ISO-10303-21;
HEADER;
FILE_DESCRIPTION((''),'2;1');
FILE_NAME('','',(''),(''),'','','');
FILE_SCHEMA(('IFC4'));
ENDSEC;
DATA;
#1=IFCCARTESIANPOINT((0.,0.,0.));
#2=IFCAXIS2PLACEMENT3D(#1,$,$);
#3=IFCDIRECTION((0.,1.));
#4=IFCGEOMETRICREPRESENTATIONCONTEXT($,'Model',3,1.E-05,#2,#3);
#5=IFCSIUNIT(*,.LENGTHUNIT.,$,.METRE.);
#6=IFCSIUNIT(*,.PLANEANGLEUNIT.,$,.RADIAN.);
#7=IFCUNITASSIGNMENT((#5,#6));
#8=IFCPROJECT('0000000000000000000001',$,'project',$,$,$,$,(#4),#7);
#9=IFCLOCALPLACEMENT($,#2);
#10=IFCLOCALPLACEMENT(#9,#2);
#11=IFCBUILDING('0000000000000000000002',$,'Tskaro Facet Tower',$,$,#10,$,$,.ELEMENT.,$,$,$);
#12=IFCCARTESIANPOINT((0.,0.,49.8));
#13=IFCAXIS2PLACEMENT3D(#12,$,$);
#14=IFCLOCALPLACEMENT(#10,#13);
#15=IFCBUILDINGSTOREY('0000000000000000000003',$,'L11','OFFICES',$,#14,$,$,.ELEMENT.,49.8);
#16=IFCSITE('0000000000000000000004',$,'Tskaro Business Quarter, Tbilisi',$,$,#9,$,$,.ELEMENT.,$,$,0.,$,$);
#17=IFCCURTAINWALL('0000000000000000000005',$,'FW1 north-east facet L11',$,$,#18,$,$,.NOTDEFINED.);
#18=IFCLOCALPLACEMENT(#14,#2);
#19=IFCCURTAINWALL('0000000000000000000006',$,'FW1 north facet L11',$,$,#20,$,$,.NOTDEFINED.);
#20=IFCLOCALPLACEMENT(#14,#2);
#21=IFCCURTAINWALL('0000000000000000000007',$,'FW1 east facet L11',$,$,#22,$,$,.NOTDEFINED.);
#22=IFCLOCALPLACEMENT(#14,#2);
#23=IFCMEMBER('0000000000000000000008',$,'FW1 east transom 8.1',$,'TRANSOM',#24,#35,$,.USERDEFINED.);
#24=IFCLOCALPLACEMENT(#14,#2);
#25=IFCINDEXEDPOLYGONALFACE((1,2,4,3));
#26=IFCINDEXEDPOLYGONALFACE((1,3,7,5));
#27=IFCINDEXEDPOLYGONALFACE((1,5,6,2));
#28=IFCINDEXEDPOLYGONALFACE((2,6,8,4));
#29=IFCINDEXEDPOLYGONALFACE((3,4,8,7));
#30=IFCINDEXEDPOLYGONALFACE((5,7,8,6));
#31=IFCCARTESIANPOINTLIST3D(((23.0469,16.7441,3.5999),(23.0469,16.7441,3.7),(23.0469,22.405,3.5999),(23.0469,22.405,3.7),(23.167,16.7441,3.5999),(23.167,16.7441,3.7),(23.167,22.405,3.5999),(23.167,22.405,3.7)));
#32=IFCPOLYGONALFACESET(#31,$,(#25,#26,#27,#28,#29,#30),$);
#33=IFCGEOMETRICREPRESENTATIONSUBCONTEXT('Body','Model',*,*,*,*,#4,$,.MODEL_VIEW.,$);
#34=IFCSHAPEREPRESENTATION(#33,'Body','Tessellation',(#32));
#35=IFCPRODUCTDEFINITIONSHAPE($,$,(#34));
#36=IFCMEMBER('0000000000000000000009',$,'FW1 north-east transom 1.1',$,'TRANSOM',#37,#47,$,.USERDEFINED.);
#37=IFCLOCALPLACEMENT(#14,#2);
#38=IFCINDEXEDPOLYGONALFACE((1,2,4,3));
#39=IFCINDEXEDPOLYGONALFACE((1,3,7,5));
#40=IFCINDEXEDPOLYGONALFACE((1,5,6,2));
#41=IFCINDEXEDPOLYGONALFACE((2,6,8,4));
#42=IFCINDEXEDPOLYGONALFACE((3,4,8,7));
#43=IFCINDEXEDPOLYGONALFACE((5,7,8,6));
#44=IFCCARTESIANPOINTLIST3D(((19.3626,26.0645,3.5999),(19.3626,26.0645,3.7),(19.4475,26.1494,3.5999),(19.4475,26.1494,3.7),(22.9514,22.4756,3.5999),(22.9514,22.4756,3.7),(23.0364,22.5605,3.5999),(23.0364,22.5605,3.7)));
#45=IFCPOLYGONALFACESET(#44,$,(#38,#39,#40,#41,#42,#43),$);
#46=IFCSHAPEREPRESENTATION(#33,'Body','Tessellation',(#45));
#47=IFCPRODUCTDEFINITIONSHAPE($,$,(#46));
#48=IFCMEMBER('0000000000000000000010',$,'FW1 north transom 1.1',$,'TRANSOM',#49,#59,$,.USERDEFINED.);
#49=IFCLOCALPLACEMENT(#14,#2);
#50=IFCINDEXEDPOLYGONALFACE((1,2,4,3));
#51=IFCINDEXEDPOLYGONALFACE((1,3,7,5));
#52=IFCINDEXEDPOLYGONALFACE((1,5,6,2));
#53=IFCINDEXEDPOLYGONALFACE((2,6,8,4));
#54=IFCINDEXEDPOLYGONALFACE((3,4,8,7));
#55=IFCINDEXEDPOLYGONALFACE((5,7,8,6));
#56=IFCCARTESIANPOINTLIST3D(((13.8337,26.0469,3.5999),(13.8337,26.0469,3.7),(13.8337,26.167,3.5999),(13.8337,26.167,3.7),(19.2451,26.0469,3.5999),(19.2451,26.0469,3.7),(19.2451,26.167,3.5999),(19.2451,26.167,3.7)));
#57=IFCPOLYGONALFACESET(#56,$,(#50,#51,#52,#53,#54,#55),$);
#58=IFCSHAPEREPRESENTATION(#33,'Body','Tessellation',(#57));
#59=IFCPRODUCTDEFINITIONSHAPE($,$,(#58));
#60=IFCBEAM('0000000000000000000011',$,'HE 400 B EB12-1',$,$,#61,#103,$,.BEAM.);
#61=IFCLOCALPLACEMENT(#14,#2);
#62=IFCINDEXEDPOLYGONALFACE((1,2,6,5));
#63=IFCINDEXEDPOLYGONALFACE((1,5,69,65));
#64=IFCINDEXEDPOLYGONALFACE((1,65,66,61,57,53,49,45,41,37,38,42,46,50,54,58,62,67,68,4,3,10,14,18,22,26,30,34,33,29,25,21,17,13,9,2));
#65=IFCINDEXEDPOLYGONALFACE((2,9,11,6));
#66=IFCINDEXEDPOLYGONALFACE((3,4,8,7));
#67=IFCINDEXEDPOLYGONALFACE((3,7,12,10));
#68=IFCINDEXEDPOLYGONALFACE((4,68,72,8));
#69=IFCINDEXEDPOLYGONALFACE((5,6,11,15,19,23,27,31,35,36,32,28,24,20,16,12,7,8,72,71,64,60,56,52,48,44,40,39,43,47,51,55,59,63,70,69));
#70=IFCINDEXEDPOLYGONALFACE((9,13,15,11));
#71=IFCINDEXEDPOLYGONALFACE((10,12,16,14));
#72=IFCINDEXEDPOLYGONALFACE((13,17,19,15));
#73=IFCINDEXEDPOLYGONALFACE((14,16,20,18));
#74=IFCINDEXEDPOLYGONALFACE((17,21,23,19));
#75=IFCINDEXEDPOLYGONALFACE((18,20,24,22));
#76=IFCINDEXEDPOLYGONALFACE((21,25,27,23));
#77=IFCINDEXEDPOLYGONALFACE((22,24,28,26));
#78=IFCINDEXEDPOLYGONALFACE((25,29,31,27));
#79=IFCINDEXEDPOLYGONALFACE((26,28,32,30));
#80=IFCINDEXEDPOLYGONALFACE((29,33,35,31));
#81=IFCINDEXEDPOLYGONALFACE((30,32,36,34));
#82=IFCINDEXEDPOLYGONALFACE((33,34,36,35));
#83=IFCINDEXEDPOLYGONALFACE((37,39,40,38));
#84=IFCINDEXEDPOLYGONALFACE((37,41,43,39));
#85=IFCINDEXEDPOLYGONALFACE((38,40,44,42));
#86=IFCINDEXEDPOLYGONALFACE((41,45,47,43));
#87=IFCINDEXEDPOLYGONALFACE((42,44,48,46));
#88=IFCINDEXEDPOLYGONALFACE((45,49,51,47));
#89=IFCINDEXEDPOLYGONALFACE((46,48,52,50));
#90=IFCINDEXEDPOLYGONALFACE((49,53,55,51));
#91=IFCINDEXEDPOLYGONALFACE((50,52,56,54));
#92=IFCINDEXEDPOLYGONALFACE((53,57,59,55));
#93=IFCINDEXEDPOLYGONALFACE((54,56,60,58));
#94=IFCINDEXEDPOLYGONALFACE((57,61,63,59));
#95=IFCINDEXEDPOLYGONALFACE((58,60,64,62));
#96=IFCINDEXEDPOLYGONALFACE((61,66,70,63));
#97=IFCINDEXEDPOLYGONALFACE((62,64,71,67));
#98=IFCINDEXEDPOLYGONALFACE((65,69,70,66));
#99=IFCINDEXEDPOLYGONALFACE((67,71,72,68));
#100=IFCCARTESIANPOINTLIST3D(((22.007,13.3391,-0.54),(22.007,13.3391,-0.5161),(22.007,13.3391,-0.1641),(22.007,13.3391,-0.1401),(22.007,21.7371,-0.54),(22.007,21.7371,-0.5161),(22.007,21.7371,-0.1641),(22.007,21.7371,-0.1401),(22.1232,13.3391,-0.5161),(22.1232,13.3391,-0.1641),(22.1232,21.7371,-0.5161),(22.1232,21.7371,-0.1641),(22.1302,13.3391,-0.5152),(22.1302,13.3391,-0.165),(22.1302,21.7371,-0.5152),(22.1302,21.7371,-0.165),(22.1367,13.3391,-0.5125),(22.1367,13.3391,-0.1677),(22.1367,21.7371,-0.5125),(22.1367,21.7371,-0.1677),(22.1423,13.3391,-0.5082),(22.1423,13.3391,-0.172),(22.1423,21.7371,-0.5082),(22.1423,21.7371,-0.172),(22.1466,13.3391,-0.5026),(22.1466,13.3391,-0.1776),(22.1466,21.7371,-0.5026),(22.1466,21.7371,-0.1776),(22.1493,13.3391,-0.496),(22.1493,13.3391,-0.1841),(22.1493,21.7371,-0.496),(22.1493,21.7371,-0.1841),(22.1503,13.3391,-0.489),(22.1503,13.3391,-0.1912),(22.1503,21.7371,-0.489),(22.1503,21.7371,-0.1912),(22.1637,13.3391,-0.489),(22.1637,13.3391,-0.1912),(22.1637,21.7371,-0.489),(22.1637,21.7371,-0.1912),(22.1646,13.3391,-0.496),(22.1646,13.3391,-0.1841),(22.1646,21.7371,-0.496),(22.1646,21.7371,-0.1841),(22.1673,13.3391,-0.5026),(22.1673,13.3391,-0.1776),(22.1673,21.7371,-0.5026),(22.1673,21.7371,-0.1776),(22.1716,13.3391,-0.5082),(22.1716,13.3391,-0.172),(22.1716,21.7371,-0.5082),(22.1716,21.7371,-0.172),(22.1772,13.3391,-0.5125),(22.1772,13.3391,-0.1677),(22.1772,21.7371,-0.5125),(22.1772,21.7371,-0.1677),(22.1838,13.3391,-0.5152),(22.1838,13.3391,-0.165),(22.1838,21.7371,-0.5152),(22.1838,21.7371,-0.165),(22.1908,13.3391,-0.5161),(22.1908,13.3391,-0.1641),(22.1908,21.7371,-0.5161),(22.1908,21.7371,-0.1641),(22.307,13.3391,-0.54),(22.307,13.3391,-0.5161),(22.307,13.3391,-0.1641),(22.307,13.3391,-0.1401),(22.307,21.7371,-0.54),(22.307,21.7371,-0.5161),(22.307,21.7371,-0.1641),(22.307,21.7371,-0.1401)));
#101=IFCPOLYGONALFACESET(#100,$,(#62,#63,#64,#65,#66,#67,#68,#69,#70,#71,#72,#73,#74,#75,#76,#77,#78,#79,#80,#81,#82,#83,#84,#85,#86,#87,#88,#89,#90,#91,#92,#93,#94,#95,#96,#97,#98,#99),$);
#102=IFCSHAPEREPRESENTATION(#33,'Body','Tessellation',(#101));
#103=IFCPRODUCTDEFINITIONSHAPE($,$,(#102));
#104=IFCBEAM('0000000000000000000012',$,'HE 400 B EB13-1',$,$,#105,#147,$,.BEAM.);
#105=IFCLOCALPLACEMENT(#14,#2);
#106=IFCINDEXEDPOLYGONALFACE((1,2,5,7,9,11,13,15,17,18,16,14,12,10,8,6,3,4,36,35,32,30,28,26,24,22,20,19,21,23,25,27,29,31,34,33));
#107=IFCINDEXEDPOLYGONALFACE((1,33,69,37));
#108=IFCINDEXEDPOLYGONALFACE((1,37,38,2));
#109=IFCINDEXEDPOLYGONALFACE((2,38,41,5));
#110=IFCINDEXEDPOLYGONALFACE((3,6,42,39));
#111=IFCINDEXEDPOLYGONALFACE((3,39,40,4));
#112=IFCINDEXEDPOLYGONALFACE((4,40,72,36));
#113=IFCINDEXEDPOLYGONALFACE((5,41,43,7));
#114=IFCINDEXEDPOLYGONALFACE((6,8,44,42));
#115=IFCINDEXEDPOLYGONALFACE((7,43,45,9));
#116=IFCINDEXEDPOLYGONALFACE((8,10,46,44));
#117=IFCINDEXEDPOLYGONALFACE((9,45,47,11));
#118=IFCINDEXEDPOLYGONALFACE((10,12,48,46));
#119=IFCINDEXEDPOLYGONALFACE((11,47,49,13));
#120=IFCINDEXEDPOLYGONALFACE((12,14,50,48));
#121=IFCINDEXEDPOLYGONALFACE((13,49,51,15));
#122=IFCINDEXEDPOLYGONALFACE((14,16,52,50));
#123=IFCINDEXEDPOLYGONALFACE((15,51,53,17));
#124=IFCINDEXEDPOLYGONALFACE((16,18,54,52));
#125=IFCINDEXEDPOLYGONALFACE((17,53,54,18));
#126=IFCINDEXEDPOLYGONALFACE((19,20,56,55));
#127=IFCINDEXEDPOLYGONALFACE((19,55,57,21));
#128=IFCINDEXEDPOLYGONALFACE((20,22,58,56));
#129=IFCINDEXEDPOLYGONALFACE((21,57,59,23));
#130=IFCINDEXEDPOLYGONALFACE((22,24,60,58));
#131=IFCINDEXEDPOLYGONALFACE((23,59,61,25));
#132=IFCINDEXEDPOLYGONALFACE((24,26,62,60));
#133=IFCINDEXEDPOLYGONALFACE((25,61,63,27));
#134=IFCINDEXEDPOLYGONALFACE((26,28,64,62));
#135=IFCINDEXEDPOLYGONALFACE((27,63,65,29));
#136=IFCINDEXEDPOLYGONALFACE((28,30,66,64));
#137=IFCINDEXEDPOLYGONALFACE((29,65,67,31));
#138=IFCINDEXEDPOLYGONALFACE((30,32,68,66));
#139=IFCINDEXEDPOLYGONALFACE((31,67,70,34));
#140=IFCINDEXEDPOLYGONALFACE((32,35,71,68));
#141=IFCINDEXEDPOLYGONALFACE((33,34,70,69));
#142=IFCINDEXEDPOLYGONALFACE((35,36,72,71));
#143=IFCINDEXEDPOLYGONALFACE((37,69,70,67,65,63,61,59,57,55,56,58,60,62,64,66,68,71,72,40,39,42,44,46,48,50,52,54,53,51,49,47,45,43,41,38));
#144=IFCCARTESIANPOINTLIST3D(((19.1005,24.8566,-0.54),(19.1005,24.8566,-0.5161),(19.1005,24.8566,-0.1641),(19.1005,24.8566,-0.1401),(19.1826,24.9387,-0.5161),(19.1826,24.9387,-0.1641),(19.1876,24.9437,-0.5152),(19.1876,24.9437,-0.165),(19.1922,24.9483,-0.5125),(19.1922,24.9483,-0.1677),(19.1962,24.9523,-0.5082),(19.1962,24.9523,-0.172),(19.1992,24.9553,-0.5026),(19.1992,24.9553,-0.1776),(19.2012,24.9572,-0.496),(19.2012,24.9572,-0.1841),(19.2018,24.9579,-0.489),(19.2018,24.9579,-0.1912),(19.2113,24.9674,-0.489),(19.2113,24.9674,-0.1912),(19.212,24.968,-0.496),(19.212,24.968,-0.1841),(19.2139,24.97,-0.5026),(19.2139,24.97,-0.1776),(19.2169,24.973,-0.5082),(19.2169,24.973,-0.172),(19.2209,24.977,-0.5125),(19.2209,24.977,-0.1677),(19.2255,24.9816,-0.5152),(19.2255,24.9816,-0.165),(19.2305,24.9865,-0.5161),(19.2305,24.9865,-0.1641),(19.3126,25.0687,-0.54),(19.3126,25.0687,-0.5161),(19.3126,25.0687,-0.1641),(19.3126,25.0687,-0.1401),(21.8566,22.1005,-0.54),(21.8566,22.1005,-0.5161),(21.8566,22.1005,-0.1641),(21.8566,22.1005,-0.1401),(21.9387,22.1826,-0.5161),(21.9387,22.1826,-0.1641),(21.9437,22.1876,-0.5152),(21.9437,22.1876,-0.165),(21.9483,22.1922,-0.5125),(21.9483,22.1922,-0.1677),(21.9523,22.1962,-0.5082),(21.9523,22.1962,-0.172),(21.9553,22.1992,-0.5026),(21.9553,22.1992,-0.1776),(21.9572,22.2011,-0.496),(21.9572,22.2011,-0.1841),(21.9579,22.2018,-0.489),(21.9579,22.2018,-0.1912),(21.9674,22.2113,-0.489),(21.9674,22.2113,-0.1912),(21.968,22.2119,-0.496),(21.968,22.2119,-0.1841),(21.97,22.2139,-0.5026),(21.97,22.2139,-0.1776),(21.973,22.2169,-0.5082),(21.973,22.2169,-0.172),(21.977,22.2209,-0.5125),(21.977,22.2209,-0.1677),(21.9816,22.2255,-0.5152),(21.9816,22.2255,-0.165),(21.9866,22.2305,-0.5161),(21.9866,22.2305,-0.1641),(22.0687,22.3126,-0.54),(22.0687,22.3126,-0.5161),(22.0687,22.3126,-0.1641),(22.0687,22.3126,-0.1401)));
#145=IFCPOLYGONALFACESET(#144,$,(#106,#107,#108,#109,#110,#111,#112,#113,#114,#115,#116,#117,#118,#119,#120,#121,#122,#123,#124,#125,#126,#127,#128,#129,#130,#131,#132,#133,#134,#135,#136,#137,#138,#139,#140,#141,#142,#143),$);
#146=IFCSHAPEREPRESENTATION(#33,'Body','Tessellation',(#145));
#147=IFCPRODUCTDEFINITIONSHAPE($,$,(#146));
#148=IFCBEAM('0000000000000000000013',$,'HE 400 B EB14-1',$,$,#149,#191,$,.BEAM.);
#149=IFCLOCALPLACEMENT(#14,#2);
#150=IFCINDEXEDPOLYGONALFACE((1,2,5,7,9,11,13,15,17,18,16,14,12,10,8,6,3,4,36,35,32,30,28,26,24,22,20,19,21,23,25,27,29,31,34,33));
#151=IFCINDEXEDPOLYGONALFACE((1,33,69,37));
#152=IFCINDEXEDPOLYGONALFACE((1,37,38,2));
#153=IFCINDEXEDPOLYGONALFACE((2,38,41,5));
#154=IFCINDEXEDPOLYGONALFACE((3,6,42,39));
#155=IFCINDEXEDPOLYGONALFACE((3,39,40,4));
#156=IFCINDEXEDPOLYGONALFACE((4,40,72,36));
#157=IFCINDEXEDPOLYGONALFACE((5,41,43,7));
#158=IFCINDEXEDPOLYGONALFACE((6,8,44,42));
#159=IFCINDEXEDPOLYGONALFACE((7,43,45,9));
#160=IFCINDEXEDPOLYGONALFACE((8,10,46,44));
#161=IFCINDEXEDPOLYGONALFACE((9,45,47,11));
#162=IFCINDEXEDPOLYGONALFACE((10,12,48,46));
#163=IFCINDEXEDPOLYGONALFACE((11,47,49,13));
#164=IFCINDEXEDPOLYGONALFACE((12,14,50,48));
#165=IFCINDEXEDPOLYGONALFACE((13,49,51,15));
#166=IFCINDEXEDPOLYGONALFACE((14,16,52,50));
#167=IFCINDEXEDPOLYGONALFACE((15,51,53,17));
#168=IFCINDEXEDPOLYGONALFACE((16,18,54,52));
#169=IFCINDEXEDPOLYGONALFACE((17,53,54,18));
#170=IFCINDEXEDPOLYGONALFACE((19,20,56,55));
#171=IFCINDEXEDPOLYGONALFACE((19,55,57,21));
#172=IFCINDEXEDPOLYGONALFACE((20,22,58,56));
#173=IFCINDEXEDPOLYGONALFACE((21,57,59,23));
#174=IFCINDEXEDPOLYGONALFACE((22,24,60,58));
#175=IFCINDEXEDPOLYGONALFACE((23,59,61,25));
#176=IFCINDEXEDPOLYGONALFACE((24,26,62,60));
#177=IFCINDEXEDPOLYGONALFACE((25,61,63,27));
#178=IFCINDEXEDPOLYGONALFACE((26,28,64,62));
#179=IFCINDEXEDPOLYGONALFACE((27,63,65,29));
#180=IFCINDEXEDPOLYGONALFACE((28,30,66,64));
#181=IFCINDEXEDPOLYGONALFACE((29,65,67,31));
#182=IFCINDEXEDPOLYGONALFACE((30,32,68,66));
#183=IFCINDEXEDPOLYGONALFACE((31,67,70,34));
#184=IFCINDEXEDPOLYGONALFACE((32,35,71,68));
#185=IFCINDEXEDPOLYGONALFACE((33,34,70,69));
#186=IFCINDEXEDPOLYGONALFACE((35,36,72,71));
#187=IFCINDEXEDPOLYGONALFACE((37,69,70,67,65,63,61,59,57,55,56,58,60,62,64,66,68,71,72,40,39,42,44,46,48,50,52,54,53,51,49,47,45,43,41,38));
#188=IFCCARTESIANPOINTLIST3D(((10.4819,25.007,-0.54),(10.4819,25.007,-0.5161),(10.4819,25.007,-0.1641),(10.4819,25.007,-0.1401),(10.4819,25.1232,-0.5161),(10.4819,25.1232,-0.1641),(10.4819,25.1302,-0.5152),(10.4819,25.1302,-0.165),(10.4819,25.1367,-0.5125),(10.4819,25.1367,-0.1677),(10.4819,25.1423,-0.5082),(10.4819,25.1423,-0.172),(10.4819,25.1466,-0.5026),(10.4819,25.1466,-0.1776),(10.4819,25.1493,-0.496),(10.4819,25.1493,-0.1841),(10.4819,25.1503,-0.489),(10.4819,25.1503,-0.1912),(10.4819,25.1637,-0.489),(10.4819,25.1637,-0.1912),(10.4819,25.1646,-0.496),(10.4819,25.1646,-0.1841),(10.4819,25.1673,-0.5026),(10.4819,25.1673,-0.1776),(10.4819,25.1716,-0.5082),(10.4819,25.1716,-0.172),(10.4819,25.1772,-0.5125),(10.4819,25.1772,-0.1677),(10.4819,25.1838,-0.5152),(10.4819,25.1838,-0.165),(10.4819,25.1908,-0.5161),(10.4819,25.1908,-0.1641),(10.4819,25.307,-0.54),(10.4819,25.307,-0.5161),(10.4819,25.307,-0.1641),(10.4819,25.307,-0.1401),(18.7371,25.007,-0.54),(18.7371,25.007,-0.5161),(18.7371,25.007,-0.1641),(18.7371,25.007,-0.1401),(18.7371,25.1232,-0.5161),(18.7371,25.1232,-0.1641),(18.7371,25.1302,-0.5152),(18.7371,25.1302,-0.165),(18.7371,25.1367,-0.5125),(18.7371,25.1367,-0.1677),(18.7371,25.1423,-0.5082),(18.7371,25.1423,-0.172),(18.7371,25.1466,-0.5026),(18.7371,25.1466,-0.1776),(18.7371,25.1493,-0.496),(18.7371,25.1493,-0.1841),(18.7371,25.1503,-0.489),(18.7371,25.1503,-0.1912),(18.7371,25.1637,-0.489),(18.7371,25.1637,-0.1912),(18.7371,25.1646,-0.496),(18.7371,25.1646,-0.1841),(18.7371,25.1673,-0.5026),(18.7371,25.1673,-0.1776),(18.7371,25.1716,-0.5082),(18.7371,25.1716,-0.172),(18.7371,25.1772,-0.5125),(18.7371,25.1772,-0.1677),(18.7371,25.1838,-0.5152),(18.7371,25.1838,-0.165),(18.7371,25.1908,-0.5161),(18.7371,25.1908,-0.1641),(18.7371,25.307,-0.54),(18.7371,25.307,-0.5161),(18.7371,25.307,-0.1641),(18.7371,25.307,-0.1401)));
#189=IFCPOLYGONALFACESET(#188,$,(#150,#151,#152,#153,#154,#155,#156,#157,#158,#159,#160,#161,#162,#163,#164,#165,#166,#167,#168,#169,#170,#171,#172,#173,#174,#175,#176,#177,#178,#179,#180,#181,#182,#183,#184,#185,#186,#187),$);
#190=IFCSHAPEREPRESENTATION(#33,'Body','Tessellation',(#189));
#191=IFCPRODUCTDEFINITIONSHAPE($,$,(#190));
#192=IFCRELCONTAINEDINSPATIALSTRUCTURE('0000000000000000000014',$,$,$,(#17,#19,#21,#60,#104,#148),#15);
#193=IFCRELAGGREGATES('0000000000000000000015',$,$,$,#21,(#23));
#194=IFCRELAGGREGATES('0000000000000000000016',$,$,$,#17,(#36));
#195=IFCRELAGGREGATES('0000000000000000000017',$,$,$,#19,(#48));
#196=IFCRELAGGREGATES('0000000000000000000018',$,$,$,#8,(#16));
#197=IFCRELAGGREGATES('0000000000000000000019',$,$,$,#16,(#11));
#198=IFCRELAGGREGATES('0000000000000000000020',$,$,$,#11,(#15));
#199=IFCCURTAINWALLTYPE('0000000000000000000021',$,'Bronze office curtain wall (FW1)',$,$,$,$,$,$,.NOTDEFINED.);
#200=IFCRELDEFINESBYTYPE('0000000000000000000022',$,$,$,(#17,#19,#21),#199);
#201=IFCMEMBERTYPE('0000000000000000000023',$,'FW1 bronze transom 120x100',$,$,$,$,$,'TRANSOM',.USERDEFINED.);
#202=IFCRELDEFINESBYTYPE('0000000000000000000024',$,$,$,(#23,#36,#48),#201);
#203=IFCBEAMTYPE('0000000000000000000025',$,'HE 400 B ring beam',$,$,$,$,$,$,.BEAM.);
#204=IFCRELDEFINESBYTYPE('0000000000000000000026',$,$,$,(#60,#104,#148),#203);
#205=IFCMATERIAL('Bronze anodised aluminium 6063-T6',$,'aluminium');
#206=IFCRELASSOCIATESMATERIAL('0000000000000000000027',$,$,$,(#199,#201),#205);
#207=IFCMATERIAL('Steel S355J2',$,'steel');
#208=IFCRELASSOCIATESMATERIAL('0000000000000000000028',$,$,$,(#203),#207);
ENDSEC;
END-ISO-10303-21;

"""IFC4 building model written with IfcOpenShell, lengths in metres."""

from ifc_helpers import new_model, si_unit, direction, frame, origin, origin_2d, place, context, subcontext, project, spatial, rectangle, i_section, extrude, material, material_profile, profile_set, type_object, element, aggregate, save


model = new_model("IFC4")

# Units and contexts
model_context = context("Model", 3, precision=1e-05, world=origin(), true_north=direction((0.0, 1.0)))
body_context = subcontext(model_context, "Body", "Model", "MODEL_VIEW")
ifc_project = project(units=[si_unit("LENGTHUNIT", "METRE"), si_unit("PLANEANGLEUNIT", "RADIAN")], contexts=[model_context])

# Site, building, storey
site_placement = place(None, origin())
site = spatial("IfcSite", under=ifc_project, at=site_placement, Name="Tskaro Business Quarter, Tbilisi", CompositionType="ELEMENT", RefElevation=0.0)
building_placement = place(site_placement, origin())
building = spatial("IfcBuilding", under=site, at=building_placement, Name="Tskaro Facet Tower", CompositionType="ELEMENT")
storey_placement = place(building_placement, frame((0.0, 0.0, 49.8)))
storey = spatial("IfcBuildingStorey", under=building, at=storey_placement, Name="L11", Description="OFFICES", CompositionType="ELEMENT", Elevation=49.8)

# Curtain walls
ifc_material_1 = material(Name="Bronze anodised aluminium 6063-T6", Category="aluminium")
curtain_wall_type = type_object("IfcCurtainWallType", Name="Bronze office curtain wall (FW1)", PredefinedType="NOTDEFINED", material=ifc_material_1)
curtain_wall_1_placement = place(storey_placement, origin())
curtain_wall_1 = element("IfcCurtainWall", 1, at=curtain_wall_1_placement, inside=storey, type_object=curtain_wall_type, Name="FW1 north-east facet L11", PredefinedType="NOTDEFINED")
curtain_wall_2_placement = place(storey_placement, origin())
curtain_wall_2 = element("IfcCurtainWall", 2, at=curtain_wall_2_placement, inside=storey, type_object=curtain_wall_type, Name="FW1 north facet L11", PredefinedType="NOTDEFINED")

# Curtain wall, member
curtain_wall_3_placement = place(storey_placement, origin())
curtain_wall_3 = element("IfcCurtainWall", 3, at=curtain_wall_3_placement, inside=storey, type_object=curtain_wall_type, Name="FW1 east facet L11", PredefinedType="NOTDEFINED")
ifc_material_profile_1 = material_profile(ifc_material_1, rectangle(XDim=0.1201, YDim=0.1001, at=origin_2d()), Name="Transom 120x100")
ifc_profile_set_1 = profile_set([ifc_material_profile_1], Name="Bronze anodised aluminium 6063-T6")
member_type_1 = type_object("IfcMemberType", Name="FW1 bronze transom 120x100", ElementType="TRANSOM", PredefinedType="USERDEFINED", material=ifc_profile_set_1)
member_1_placement = place(storey_placement, frame((23.1069, 16.7441, 3.6499), z_axis=(0.0, 1.0, 0.0), x_axis=(-1.0, 0.0, 0.0)))
member_1 = element("IfcMember", 4, at=member_1_placement, type_object=member_type_1, Name="FW1 east transom 8.1", ObjectType="TRANSOM", PredefinedType="USERDEFINED", context=body_context, shape_type="SweptSolid", body=[
    extrude(rectangle(XDim=0.1201, YDim=0.1001, at=origin_2d()), origin(), (0.0, 0.0, 1.0), 5.6609),
])

# Members
member_2_placement = place(storey_placement, frame((22.9939, 22.5181, 3.6499), z_axis=(-0.707107, 0.707107, 0.0), x_axis=(-0.707107, -0.707107, 0.0)))
member_2 = element("IfcMember", 5, at=member_2_placement, type_object=member_type_1, Name="FW1 north-east transom 1.1", ObjectType="TRANSOM", PredefinedType="USERDEFINED", context=body_context, shape_type="SweptSolid", body=[
    extrude(rectangle(XDim=0.1201, YDim=0.1001, at=origin_2d()), origin(), (0.0, 0.0, 1.0), 5.0754),
])
member_3_placement = place(storey_placement, frame((19.2451, 26.1069, 3.6499), z_axis=(-1.0, 0.0, 0.0), x_axis=(0.0, -1.0, 0.0)))
member_3 = element("IfcMember", 6, at=member_3_placement, type_object=member_type_1, Name="FW1 north transom 1.1", ObjectType="TRANSOM", PredefinedType="USERDEFINED", context=body_context, shape_type="SweptSolid", body=[
    extrude(rectangle(XDim=0.1201, YDim=0.1001, at=origin_2d()), origin(), (0.0, 0.0, 1.0), 5.4114),
])

# Beams
ifc_material_2 = material(Name="Steel S355J2", Category="steel")
ifc_material_profile_2 = material_profile(ifc_material_2, i_section(OverallWidth=0.3, OverallDepth=0.3999, WebThickness=0.0134, FlangeThickness=0.0239, FilletRadius=0.0271, at=origin_2d()), Name="HE 400 B")
ifc_profile_set_2 = profile_set([ifc_material_profile_2], Name="Steel S355J2")
beam_type_1 = type_object("IfcBeamType", Name="HE 400 B ring beam", PredefinedType="BEAM", material=ifc_profile_set_2)
beam_1_placement = place(storey_placement, frame((22.157, 13.3391, -0.3401), z_axis=(0.0, 1.0, 0.0), x_axis=(-1.0, 0.0, 0.0)))
element("IfcBeam", 7, at=beam_1_placement, inside=storey, type_object=beam_type_1, Name="HE 400 B EB12-1", PredefinedType="BEAM", context=body_context, shape_type="SweptSolid", body=[
    extrude(i_section(OverallWidth=0.3, OverallDepth=0.3999, WebThickness=0.0134, FlangeThickness=0.0239, FilletRadius=0.0271, at=origin_2d()), origin(), (0.0, 0.0, 1.0), 8.3979),
])
beam_2_placement = place(storey_placement, frame((21.9626, 22.2065, -0.3401), z_axis=(-0.707107, 0.707107, 0.0), x_axis=(-0.707107, -0.707107, 0.0)))
element("IfcBeam", 8, at=beam_2_placement, inside=storey, type_object=beam_type_1, Name="HE 400 B EB13-1", PredefinedType="BEAM", context=body_context, shape_type="SweptSolid", body=[
    extrude(i_section(OverallWidth=0.3, OverallDepth=0.3999, WebThickness=0.0134, FlangeThickness=0.0239, FilletRadius=0.0271, at=origin_2d()), origin(), (0.0, 0.0, 1.0), 3.8977),
])
beam_3_placement = place(storey_placement, frame((18.7371, 25.157, -0.3401), z_axis=(-1.0, 0.0, 0.0), x_axis=(0.0, -1.0, 0.0)))
element("IfcBeam", 9, at=beam_3_placement, inside=storey, type_object=beam_type_1, Name="HE 400 B EB14-1", PredefinedType="BEAM", context=body_context, shape_type="SweptSolid", body=[
    extrude(i_section(OverallWidth=0.3, OverallDepth=0.3999, WebThickness=0.0134, FlangeThickness=0.0239, FilletRadius=0.0271, at=origin_2d()), origin(), (0.0, 0.0, 1.0), 8.2551),
])

aggregate(curtain_wall_3, [member_1])
aggregate(curtain_wall_1, [member_2])
aggregate(curtain_wall_2, [member_3])

save(model, "model.ifc")
